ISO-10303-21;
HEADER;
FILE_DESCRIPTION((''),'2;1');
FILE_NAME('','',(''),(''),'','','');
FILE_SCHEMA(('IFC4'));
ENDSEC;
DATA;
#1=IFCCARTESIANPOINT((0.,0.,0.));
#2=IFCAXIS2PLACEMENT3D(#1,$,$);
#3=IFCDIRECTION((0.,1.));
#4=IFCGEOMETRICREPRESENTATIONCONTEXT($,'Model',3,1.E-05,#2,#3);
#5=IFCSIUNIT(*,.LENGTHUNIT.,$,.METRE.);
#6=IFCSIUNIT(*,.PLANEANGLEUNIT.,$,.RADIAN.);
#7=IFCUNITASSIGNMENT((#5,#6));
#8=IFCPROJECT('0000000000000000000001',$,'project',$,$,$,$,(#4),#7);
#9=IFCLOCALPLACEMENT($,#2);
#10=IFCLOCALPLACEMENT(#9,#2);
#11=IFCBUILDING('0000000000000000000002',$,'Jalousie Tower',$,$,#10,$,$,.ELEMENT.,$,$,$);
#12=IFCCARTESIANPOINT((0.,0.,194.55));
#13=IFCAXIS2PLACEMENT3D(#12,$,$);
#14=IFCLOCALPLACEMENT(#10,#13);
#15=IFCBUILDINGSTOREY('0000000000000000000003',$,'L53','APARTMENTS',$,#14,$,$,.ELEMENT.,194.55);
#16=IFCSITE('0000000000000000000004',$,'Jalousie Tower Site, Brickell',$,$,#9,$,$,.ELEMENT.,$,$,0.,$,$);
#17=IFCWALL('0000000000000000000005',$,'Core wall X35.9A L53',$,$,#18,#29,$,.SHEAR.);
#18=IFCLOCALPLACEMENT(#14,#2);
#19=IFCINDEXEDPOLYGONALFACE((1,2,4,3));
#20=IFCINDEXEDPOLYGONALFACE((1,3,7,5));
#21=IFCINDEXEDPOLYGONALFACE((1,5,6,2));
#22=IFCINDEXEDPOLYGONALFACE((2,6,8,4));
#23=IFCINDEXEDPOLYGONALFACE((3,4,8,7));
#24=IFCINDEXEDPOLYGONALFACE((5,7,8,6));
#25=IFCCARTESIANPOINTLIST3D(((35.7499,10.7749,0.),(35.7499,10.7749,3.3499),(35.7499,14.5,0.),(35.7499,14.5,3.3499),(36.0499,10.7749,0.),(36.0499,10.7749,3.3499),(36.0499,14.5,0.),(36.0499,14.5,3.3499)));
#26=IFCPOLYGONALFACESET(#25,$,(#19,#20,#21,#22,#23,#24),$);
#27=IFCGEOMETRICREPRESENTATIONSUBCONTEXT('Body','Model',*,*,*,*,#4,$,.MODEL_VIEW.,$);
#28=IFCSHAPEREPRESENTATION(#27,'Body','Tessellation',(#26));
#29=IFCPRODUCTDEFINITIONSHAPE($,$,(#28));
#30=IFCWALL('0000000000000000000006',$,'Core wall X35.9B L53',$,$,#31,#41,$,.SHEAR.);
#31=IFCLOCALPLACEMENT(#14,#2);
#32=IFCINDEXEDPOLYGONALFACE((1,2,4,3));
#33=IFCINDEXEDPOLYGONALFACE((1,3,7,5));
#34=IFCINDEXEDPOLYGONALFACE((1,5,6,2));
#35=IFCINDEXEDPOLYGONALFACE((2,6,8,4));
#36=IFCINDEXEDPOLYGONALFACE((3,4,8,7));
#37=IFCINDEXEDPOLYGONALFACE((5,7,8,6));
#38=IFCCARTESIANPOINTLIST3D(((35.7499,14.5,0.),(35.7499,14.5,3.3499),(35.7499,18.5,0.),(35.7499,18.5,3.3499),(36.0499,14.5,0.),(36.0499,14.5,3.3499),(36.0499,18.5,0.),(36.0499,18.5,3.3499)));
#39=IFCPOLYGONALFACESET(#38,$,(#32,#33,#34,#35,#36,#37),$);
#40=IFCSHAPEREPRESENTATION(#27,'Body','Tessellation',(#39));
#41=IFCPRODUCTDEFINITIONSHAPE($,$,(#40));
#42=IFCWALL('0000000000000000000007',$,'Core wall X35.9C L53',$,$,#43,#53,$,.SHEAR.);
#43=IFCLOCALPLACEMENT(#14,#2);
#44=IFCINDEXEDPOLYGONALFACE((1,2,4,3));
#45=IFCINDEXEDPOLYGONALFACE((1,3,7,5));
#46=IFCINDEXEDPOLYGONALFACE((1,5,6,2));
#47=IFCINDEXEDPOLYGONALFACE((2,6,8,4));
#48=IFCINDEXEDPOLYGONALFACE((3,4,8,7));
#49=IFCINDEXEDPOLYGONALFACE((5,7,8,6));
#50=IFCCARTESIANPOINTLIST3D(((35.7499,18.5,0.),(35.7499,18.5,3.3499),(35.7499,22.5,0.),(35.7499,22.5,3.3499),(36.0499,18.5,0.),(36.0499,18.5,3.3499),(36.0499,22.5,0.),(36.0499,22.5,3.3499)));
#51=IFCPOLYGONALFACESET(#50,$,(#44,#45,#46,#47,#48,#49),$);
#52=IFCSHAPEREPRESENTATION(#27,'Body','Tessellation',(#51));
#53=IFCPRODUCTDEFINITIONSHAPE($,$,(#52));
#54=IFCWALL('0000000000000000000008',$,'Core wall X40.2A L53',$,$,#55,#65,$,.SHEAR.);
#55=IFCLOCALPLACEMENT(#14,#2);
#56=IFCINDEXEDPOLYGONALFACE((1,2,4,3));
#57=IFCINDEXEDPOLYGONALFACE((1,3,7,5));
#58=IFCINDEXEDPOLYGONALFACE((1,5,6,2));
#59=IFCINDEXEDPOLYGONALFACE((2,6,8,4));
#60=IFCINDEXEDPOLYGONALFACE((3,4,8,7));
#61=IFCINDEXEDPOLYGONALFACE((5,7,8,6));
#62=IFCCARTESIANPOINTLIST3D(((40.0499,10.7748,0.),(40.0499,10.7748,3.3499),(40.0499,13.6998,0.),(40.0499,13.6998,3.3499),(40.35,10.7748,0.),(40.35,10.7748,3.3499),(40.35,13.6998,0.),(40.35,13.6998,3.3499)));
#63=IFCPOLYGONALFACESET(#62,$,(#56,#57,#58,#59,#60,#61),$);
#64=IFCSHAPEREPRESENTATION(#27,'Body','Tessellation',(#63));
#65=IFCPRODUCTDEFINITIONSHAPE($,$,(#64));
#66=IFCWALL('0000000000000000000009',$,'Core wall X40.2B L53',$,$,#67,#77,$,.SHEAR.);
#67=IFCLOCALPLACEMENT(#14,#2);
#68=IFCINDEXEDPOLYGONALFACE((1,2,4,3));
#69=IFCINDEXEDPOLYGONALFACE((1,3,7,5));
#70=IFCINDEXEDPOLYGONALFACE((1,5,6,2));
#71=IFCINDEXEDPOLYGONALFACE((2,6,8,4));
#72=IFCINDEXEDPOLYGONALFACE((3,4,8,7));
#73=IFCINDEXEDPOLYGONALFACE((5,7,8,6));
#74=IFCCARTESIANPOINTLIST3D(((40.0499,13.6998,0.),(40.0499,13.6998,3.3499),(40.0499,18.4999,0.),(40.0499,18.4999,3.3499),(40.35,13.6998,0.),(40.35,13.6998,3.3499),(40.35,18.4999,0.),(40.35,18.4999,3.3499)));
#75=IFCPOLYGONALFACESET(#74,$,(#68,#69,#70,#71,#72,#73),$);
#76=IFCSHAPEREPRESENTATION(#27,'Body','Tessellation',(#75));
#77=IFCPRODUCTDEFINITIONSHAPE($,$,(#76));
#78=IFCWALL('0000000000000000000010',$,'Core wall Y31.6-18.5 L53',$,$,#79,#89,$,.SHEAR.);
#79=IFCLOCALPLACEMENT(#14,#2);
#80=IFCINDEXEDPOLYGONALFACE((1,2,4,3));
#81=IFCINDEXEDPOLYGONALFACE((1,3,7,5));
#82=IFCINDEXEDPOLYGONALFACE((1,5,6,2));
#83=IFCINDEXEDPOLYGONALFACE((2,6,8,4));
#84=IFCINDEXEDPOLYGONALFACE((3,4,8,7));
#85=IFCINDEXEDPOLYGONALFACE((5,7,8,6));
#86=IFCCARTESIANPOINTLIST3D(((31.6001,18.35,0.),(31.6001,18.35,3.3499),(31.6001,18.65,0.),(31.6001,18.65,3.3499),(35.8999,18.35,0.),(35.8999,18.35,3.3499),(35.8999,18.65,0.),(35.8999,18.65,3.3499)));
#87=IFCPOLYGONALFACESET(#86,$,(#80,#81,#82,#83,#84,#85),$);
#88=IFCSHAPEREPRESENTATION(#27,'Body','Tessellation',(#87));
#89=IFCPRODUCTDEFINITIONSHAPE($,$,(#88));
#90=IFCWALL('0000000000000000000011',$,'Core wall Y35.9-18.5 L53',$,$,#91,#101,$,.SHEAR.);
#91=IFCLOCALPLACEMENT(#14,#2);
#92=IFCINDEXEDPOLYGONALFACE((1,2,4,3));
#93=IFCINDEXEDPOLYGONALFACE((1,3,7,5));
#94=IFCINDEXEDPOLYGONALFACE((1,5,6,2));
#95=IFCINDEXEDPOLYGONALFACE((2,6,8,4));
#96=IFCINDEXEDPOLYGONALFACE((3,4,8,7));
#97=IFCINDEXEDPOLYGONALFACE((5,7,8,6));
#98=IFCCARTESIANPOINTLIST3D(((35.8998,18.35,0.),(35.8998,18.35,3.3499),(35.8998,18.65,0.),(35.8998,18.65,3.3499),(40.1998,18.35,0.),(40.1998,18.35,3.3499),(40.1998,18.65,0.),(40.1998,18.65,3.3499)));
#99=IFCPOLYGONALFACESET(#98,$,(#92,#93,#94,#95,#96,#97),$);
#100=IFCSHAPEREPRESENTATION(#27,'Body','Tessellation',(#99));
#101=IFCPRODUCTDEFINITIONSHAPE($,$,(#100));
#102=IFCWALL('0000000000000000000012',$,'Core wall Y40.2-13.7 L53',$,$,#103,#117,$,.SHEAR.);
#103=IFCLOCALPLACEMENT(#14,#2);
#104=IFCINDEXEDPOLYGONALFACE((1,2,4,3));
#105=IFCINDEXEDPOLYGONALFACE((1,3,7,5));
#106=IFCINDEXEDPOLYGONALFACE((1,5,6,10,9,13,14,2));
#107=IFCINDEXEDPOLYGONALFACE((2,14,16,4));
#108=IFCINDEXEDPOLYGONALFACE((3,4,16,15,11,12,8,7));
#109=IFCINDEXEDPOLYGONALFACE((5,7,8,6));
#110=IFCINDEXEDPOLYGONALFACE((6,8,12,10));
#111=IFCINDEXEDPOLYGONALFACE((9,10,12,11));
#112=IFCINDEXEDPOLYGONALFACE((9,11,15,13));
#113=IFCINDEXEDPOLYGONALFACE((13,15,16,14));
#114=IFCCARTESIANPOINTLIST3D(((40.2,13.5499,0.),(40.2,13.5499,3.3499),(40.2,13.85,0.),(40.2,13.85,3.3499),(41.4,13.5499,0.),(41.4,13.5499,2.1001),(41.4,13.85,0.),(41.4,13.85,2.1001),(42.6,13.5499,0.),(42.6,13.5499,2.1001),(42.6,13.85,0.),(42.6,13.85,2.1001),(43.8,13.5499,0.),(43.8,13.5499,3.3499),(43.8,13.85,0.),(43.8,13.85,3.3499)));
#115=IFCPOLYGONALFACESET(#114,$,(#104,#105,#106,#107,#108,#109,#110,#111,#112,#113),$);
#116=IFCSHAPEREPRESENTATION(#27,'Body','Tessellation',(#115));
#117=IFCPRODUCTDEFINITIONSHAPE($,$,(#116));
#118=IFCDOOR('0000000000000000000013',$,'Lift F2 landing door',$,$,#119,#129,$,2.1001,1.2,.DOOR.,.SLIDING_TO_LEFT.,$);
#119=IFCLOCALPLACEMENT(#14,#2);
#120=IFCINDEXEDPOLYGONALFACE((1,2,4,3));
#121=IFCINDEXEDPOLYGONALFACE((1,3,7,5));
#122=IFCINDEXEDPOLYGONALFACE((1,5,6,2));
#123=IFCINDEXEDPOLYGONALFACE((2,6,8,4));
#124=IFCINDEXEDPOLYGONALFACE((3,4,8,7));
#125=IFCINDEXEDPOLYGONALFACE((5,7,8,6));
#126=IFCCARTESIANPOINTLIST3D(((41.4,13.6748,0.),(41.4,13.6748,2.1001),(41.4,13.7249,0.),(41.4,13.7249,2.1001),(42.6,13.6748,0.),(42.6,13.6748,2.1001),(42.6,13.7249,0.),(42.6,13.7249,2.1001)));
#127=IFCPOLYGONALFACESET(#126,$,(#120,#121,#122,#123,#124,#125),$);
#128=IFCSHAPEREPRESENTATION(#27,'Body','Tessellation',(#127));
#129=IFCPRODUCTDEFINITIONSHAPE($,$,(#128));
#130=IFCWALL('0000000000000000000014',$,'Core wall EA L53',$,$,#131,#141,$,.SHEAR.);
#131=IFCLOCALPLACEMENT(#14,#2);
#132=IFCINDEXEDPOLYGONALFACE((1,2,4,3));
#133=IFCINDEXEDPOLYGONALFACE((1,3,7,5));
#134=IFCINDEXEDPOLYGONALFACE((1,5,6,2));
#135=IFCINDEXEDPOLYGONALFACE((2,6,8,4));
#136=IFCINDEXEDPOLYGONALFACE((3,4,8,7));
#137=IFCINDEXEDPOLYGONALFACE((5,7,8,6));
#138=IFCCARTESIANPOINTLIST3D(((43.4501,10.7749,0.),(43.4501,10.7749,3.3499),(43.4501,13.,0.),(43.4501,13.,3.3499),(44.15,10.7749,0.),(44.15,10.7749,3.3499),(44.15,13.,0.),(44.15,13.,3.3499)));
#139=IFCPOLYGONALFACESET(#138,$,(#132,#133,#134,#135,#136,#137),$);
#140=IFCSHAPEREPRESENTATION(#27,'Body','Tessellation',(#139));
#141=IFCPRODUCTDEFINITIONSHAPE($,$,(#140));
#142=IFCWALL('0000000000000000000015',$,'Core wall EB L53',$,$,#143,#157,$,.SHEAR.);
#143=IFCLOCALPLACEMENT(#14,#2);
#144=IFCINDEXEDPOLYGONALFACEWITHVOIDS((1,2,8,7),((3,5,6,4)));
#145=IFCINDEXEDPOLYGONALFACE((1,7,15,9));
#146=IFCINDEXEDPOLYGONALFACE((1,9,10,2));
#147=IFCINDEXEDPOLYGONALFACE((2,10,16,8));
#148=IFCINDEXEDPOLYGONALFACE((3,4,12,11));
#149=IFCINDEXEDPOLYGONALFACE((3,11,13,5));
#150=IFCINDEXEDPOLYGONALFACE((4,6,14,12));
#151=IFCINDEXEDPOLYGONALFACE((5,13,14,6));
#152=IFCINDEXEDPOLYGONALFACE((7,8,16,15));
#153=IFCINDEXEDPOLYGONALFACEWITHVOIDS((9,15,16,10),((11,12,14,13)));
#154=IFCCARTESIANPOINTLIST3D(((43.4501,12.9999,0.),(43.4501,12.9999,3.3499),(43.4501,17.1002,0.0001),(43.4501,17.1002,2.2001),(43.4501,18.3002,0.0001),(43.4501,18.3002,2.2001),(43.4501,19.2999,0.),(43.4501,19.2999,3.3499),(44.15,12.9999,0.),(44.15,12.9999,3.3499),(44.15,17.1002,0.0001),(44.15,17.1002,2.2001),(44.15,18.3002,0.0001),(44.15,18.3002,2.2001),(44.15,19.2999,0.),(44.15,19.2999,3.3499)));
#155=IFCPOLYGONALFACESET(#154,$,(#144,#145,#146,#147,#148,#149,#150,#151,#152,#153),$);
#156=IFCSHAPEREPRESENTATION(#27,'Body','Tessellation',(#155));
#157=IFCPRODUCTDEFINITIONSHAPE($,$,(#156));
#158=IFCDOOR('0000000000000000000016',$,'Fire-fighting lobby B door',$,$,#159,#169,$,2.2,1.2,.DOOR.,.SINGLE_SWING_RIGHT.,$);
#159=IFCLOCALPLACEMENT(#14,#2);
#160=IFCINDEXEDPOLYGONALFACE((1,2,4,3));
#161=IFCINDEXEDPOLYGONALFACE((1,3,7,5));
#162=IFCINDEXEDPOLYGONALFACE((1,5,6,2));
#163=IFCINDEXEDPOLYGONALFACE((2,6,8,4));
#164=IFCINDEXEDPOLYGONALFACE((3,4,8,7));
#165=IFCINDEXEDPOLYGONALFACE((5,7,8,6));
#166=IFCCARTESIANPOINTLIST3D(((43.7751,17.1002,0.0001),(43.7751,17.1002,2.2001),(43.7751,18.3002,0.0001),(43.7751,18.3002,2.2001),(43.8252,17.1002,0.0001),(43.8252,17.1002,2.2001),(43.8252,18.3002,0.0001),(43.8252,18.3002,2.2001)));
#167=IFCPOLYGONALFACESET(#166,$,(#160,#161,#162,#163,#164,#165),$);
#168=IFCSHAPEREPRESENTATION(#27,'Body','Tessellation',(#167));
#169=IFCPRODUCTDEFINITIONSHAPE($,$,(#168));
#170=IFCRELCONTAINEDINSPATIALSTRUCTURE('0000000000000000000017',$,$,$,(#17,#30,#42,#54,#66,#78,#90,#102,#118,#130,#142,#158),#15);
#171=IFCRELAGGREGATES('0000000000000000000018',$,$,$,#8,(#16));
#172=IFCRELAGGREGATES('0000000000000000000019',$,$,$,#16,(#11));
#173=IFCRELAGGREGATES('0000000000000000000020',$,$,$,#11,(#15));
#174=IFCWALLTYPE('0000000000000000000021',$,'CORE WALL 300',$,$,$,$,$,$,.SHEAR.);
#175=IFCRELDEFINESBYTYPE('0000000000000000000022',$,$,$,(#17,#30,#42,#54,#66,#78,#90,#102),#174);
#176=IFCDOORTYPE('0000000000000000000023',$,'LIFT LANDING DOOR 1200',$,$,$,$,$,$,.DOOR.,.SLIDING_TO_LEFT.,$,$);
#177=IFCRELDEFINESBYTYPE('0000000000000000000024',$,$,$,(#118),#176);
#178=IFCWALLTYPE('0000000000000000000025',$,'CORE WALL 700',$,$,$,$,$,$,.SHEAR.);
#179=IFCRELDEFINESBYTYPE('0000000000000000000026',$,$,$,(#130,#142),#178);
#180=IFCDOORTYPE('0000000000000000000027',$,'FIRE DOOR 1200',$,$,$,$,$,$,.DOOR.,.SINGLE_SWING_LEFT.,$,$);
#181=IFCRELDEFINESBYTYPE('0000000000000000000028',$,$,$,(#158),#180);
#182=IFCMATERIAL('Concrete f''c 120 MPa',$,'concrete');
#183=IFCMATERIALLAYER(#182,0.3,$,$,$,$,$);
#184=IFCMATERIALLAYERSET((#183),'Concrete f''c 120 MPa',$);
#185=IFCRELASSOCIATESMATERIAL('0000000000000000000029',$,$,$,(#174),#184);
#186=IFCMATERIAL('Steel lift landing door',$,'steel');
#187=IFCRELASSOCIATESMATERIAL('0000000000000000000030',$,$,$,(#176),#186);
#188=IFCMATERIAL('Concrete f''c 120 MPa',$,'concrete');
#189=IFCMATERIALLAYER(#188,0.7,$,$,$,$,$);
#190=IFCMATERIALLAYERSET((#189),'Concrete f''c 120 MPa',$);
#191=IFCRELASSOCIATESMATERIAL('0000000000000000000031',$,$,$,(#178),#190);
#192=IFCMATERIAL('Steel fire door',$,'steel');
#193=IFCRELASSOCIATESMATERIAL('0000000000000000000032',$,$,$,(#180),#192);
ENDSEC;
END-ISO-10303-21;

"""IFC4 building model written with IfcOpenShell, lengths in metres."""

from ifc_helpers import new_model, si_unit, direction, frame, frame_2d, origin, place, context, subcontext, project, spatial, rectangle, extrude, material, layer, layer_set, type_object, element, fill, save


model = new_model("IFC4")

# Units and contexts
model_context = context("Model", 3, precision=1e-05, world=origin(), true_north=direction((0.0, 1.0)))
body_context = subcontext(model_context, "Body", "Model", "MODEL_VIEW")
ifc_project = project(units=[si_unit("LENGTHUNIT", "METRE"), si_unit("PLANEANGLEUNIT", "RADIAN")], contexts=[model_context])

# Site, building, storey
site_placement = place(None, origin())
site = spatial("IfcSite", under=ifc_project, at=site_placement, Name="Jalousie Tower Site, Brickell", CompositionType="ELEMENT", RefElevation=0.0)
building_placement = place(site_placement, origin())
building = spatial("IfcBuilding", under=site, at=building_placement, Name="Jalousie Tower", CompositionType="ELEMENT")
storey_placement = place(building_placement, frame((0.0, 0.0, 194.55)))
storey = spatial("IfcBuildingStorey", under=building, at=storey_placement, Name="L53", Description="APARTMENTS", CompositionType="ELEMENT", Elevation=194.55)

# Walls
ifc_material_1 = material(Name="Concrete f'c 120 MPa", Category="concrete")
ifc_layer_1 = layer(ifc_material_1, 0.3)
ifc_layer_set_1 = layer_set([ifc_layer_1], Name="Concrete f'c 120 MPa")
wall_type_1 = type_object("IfcWallType", Name="CORE WALL 300", PredefinedType="SHEAR", material=ifc_layer_set_1)
wall_1_placement = place(storey_placement, frame((35.8999, 10.7749, 0.0), z_axis=(0.0, 0.0, 1.0), x_axis=(0.0, 1.0, 0.0)))
element("IfcWall", 1, at=wall_1_placement, inside=storey, type_object=wall_type_1, Name="Core wall X35.9A L53", PredefinedType="SHEAR", context=body_context, shape_type="SweptSolid", body=[
    extrude(rectangle(XDim=3.7251, YDim=0.3, at=frame_2d((1.8625, 0.0))), origin(), (0.0, 0.0, 1.0), 3.3499),
])
for number, where, z_axis, x_axis, name in (
    (2, (35.8999, 14.5, 0.0), (0.0, 0.0, 1.0), (0.0, 1.0, 0.0), "Core wall X35.9B L53"),
    (3, (35.8999, 18.5, 0.0), (0.0, 0.0, 1.0), (0.0, 1.0, 0.0), "Core wall X35.9C L53"),
):
    element("IfcWall", number, at=place(storey_placement, frame(where, z_axis=z_axis, x_axis=x_axis)), inside=storey, type_object=wall_type_1, Name=name, PredefinedType="SHEAR", context=body_context, shape_type="SweptSolid", body=[
        extrude(rectangle(XDim=4.0, YDim=0.3, at=frame_2d((2.0, 0.0))), origin(), (0.0, 0.0, 1.0), 3.3499),
    ])
wall_2_placement = place(storey_placement, frame((40.2, 10.7749, 0.0), z_axis=(0.0, 0.0, 1.0), x_axis=(0.0, 1.0, 0.0)))
element("IfcWall", 4, at=wall_2_placement, inside=storey, type_object=wall_type_1, Name="Core wall X40.2A L53", PredefinedType="SHEAR", context=body_context, shape_type="SweptSolid", body=[
    extrude(rectangle(XDim=2.925, YDim=0.3, at=frame_2d((1.4624, 0.0))), origin(), (0.0, 0.0, 1.0), 3.3499),
])
wall_3_placement = place(storey_placement, frame((40.2, 13.7, 0.0), z_axis=(0.0, 0.0, 1.0), x_axis=(0.0, 1.0, 0.0)))
element("IfcWall", 5, at=wall_3_placement, inside=storey, type_object=wall_type_1, Name="Core wall X40.2B L53", PredefinedType="SHEAR", context=body_context, shape_type="SweptSolid", body=[
    extrude(rectangle(XDim=4.8, YDim=0.3, at=frame_2d((2.3999, 0.0))), origin(), (0.0, 0.0, 1.0), 3.3499),
])
wall_4_placement = place(storey_placement, frame((31.6001, 18.5, 0.0), z_axis=(0.0, 0.0, 1.0), x_axis=(1.0, 0.0, 0.0)))
element("IfcWall", 6, at=wall_4_placement, inside=storey, type_object=wall_type_1, Name="Core wall Y31.6-18.5 L53", PredefinedType="SHEAR", context=body_context, shape_type="SweptSolid", body=[
    extrude(rectangle(XDim=4.2998, YDim=0.3, at=frame_2d((2.1499, 0.0))), origin(), (0.0, 0.0, 1.0), 3.3499),
])
wall_5_placement = place(storey_placement, frame((35.8999, 18.5, 0.0), z_axis=(0.0, 0.0, 1.0), x_axis=(1.0, 0.0, 0.0)))
element("IfcWall", 7, at=wall_5_placement, inside=storey, type_object=wall_type_1, Name="Core wall Y35.9-18.5 L53", PredefinedType="SHEAR", context=body_context, shape_type="SweptSolid", body=[
    extrude(rectangle(XDim=4.3, YDim=0.3, at=frame_2d((2.1499, 0.0))), origin(), (0.0, 0.0, 1.0), 3.3499),
])

# Wall, opening, door
wall_6_placement = place(storey_placement, frame((40.2, 13.7, 0.0), z_axis=(0.0, 0.0, 1.0), x_axis=(1.0, 0.0, 0.0)))
wall_6 = element("IfcWall", 8, at=wall_6_placement, inside=storey, type_object=wall_type_1, Name="Core wall Y40.2-13.7 L53", PredefinedType="SHEAR", context=body_context, shape_type="SweptSolid", body=[
    extrude(rectangle(XDim=3.6001, YDim=0.3, at=frame_2d((1.8, 0.0))), origin(), (0.0, 0.0, 1.0), 3.3499),
])
opening_1_placement = place(wall_6_placement, frame((1.2, 0.0, 0.0)))
opening_1 = element("IfcOpeningElement", 9, at=opening_1_placement, cuts=wall_6, PredefinedType="OPENING", context=body_context, shape_type="SweptSolid", body=[
    extrude(rectangle(XDim=1.2, YDim=2.1001, at=frame_2d((0.6001, 1.05))), frame((0.0, 0.1599, 0.0), z_axis=(0.0, -1.0, 0.0), x_axis=(1.0, 0.0, 0.0)), (0.0, 0.0, 1.0), 0.3201),
])
ifc_material_2 = material(Name="Steel lift landing door", Category="steel")
door_type_1 = type_object("IfcDoorType", Name="LIFT LANDING DOOR 1200", OperationType="SLIDING_TO_LEFT", PredefinedType="DOOR", material=ifc_material_2)
door_1_placement = place(opening_1_placement, origin())
door_1 = element("IfcDoor", 10, at=door_1_placement, inside=storey, type_object=door_type_1, Name="Lift F2 landing door", OperationType="SLIDING_TO_LEFT", OverallHeight=2.1001, OverallWidth=1.2, PredefinedType="DOOR", context=body_context, shape_type="SweptSolid", body=[
    extrude(rectangle(XDim=1.2, YDim=2.1001, at=frame_2d((0.6001, 1.05))), frame((0.0, 0.0249, 0.0), z_axis=(0.0, -1.0, 0.0), x_axis=(1.0, 0.0, 0.0)), (0.0, 0.0, 1.0), 0.05),
])
fill(opening_1, door_1)

# Wall
ifc_material_3 = material(Name="Concrete f'c 120 MPa", Category="concrete")
ifc_layer_2 = layer(ifc_material_3, 0.7)
ifc_layer_set_2 = layer_set([ifc_layer_2], Name="Concrete f'c 120 MPa")
wall_type_2 = type_object("IfcWallType", Name="CORE WALL 700", PredefinedType="SHEAR", material=ifc_layer_set_2)
wall_7_placement = place(storey_placement, frame((43.8, 10.7749, 0.0), z_axis=(0.0, 0.0, 1.0), x_axis=(0.0, 1.0, 0.0)))
element("IfcWall", 11, at=wall_7_placement, inside=storey, type_object=wall_type_2, Name="Core wall EA L53", PredefinedType="SHEAR", context=body_context, shape_type="SweptSolid", body=[
    extrude(rectangle(XDim=2.2251, YDim=0.7, at=frame_2d((1.1125, 0.0))), origin(), (0.0, 0.0, 1.0), 3.3499),
])

# Wall, opening, door
wall_8_placement = place(storey_placement, frame((43.8, 13.0, 0.0), z_axis=(0.0, 0.0, 1.0), x_axis=(0.0, 1.0, 0.0)))
wall_8 = element("IfcWall", 12, at=wall_8_placement, inside=storey, type_object=wall_type_2, Name="Core wall EB L53", PredefinedType="SHEAR", context=body_context, shape_type="SweptSolid", body=[
    extrude(rectangle(XDim=6.3, YDim=0.7, at=frame_2d((3.1499, 0.0))), origin(), (0.0, 0.0, 1.0), 3.3499),
])
opening_2_placement = place(wall_8_placement, frame((4.1001, 0.0, 0.0)))
opening_2 = element("IfcOpeningElement", 13, at=opening_2_placement, cuts=wall_8, PredefinedType="OPENING", context=body_context, shape_type="SweptSolid", body=[
    extrude(rectangle(XDim=1.2, YDim=2.2, at=frame_2d((0.6001, 1.1001))), frame((0.0, 0.3599, 0.0), z_axis=(0.0, -1.0, 0.0), x_axis=(1.0, 0.0, 0.0)), (0.0, 0.0, 1.0), 0.72),
])
ifc_material_4 = material(Name="Steel fire door", Category="steel")
door_type_2 = type_object("IfcDoorType", Name="FIRE DOOR 1200", OperationType="SINGLE_SWING_LEFT", PredefinedType="DOOR", material=ifc_material_4)
door_2_placement = place(opening_2_placement, origin())
door_2 = element("IfcDoor", 14, at=door_2_placement, inside=storey, type_object=door_type_2, Name="Fire-fighting lobby B door", OperationType="SINGLE_SWING_RIGHT", OverallHeight=2.2, OverallWidth=1.2, PredefinedType="DOOR", context=body_context, shape_type="SweptSolid", body=[
    extrude(rectangle(XDim=1.2, YDim=2.2, at=frame_2d((0.6001, 1.1001))), frame((0.0, 0.0249, 0.0), z_axis=(0.0, -1.0, 0.0), x_axis=(1.0, 0.0, 0.0)), (0.0, 0.0, 1.0), 0.05),
])
fill(opening_2, door_2)

save(model, "model.ifc")
